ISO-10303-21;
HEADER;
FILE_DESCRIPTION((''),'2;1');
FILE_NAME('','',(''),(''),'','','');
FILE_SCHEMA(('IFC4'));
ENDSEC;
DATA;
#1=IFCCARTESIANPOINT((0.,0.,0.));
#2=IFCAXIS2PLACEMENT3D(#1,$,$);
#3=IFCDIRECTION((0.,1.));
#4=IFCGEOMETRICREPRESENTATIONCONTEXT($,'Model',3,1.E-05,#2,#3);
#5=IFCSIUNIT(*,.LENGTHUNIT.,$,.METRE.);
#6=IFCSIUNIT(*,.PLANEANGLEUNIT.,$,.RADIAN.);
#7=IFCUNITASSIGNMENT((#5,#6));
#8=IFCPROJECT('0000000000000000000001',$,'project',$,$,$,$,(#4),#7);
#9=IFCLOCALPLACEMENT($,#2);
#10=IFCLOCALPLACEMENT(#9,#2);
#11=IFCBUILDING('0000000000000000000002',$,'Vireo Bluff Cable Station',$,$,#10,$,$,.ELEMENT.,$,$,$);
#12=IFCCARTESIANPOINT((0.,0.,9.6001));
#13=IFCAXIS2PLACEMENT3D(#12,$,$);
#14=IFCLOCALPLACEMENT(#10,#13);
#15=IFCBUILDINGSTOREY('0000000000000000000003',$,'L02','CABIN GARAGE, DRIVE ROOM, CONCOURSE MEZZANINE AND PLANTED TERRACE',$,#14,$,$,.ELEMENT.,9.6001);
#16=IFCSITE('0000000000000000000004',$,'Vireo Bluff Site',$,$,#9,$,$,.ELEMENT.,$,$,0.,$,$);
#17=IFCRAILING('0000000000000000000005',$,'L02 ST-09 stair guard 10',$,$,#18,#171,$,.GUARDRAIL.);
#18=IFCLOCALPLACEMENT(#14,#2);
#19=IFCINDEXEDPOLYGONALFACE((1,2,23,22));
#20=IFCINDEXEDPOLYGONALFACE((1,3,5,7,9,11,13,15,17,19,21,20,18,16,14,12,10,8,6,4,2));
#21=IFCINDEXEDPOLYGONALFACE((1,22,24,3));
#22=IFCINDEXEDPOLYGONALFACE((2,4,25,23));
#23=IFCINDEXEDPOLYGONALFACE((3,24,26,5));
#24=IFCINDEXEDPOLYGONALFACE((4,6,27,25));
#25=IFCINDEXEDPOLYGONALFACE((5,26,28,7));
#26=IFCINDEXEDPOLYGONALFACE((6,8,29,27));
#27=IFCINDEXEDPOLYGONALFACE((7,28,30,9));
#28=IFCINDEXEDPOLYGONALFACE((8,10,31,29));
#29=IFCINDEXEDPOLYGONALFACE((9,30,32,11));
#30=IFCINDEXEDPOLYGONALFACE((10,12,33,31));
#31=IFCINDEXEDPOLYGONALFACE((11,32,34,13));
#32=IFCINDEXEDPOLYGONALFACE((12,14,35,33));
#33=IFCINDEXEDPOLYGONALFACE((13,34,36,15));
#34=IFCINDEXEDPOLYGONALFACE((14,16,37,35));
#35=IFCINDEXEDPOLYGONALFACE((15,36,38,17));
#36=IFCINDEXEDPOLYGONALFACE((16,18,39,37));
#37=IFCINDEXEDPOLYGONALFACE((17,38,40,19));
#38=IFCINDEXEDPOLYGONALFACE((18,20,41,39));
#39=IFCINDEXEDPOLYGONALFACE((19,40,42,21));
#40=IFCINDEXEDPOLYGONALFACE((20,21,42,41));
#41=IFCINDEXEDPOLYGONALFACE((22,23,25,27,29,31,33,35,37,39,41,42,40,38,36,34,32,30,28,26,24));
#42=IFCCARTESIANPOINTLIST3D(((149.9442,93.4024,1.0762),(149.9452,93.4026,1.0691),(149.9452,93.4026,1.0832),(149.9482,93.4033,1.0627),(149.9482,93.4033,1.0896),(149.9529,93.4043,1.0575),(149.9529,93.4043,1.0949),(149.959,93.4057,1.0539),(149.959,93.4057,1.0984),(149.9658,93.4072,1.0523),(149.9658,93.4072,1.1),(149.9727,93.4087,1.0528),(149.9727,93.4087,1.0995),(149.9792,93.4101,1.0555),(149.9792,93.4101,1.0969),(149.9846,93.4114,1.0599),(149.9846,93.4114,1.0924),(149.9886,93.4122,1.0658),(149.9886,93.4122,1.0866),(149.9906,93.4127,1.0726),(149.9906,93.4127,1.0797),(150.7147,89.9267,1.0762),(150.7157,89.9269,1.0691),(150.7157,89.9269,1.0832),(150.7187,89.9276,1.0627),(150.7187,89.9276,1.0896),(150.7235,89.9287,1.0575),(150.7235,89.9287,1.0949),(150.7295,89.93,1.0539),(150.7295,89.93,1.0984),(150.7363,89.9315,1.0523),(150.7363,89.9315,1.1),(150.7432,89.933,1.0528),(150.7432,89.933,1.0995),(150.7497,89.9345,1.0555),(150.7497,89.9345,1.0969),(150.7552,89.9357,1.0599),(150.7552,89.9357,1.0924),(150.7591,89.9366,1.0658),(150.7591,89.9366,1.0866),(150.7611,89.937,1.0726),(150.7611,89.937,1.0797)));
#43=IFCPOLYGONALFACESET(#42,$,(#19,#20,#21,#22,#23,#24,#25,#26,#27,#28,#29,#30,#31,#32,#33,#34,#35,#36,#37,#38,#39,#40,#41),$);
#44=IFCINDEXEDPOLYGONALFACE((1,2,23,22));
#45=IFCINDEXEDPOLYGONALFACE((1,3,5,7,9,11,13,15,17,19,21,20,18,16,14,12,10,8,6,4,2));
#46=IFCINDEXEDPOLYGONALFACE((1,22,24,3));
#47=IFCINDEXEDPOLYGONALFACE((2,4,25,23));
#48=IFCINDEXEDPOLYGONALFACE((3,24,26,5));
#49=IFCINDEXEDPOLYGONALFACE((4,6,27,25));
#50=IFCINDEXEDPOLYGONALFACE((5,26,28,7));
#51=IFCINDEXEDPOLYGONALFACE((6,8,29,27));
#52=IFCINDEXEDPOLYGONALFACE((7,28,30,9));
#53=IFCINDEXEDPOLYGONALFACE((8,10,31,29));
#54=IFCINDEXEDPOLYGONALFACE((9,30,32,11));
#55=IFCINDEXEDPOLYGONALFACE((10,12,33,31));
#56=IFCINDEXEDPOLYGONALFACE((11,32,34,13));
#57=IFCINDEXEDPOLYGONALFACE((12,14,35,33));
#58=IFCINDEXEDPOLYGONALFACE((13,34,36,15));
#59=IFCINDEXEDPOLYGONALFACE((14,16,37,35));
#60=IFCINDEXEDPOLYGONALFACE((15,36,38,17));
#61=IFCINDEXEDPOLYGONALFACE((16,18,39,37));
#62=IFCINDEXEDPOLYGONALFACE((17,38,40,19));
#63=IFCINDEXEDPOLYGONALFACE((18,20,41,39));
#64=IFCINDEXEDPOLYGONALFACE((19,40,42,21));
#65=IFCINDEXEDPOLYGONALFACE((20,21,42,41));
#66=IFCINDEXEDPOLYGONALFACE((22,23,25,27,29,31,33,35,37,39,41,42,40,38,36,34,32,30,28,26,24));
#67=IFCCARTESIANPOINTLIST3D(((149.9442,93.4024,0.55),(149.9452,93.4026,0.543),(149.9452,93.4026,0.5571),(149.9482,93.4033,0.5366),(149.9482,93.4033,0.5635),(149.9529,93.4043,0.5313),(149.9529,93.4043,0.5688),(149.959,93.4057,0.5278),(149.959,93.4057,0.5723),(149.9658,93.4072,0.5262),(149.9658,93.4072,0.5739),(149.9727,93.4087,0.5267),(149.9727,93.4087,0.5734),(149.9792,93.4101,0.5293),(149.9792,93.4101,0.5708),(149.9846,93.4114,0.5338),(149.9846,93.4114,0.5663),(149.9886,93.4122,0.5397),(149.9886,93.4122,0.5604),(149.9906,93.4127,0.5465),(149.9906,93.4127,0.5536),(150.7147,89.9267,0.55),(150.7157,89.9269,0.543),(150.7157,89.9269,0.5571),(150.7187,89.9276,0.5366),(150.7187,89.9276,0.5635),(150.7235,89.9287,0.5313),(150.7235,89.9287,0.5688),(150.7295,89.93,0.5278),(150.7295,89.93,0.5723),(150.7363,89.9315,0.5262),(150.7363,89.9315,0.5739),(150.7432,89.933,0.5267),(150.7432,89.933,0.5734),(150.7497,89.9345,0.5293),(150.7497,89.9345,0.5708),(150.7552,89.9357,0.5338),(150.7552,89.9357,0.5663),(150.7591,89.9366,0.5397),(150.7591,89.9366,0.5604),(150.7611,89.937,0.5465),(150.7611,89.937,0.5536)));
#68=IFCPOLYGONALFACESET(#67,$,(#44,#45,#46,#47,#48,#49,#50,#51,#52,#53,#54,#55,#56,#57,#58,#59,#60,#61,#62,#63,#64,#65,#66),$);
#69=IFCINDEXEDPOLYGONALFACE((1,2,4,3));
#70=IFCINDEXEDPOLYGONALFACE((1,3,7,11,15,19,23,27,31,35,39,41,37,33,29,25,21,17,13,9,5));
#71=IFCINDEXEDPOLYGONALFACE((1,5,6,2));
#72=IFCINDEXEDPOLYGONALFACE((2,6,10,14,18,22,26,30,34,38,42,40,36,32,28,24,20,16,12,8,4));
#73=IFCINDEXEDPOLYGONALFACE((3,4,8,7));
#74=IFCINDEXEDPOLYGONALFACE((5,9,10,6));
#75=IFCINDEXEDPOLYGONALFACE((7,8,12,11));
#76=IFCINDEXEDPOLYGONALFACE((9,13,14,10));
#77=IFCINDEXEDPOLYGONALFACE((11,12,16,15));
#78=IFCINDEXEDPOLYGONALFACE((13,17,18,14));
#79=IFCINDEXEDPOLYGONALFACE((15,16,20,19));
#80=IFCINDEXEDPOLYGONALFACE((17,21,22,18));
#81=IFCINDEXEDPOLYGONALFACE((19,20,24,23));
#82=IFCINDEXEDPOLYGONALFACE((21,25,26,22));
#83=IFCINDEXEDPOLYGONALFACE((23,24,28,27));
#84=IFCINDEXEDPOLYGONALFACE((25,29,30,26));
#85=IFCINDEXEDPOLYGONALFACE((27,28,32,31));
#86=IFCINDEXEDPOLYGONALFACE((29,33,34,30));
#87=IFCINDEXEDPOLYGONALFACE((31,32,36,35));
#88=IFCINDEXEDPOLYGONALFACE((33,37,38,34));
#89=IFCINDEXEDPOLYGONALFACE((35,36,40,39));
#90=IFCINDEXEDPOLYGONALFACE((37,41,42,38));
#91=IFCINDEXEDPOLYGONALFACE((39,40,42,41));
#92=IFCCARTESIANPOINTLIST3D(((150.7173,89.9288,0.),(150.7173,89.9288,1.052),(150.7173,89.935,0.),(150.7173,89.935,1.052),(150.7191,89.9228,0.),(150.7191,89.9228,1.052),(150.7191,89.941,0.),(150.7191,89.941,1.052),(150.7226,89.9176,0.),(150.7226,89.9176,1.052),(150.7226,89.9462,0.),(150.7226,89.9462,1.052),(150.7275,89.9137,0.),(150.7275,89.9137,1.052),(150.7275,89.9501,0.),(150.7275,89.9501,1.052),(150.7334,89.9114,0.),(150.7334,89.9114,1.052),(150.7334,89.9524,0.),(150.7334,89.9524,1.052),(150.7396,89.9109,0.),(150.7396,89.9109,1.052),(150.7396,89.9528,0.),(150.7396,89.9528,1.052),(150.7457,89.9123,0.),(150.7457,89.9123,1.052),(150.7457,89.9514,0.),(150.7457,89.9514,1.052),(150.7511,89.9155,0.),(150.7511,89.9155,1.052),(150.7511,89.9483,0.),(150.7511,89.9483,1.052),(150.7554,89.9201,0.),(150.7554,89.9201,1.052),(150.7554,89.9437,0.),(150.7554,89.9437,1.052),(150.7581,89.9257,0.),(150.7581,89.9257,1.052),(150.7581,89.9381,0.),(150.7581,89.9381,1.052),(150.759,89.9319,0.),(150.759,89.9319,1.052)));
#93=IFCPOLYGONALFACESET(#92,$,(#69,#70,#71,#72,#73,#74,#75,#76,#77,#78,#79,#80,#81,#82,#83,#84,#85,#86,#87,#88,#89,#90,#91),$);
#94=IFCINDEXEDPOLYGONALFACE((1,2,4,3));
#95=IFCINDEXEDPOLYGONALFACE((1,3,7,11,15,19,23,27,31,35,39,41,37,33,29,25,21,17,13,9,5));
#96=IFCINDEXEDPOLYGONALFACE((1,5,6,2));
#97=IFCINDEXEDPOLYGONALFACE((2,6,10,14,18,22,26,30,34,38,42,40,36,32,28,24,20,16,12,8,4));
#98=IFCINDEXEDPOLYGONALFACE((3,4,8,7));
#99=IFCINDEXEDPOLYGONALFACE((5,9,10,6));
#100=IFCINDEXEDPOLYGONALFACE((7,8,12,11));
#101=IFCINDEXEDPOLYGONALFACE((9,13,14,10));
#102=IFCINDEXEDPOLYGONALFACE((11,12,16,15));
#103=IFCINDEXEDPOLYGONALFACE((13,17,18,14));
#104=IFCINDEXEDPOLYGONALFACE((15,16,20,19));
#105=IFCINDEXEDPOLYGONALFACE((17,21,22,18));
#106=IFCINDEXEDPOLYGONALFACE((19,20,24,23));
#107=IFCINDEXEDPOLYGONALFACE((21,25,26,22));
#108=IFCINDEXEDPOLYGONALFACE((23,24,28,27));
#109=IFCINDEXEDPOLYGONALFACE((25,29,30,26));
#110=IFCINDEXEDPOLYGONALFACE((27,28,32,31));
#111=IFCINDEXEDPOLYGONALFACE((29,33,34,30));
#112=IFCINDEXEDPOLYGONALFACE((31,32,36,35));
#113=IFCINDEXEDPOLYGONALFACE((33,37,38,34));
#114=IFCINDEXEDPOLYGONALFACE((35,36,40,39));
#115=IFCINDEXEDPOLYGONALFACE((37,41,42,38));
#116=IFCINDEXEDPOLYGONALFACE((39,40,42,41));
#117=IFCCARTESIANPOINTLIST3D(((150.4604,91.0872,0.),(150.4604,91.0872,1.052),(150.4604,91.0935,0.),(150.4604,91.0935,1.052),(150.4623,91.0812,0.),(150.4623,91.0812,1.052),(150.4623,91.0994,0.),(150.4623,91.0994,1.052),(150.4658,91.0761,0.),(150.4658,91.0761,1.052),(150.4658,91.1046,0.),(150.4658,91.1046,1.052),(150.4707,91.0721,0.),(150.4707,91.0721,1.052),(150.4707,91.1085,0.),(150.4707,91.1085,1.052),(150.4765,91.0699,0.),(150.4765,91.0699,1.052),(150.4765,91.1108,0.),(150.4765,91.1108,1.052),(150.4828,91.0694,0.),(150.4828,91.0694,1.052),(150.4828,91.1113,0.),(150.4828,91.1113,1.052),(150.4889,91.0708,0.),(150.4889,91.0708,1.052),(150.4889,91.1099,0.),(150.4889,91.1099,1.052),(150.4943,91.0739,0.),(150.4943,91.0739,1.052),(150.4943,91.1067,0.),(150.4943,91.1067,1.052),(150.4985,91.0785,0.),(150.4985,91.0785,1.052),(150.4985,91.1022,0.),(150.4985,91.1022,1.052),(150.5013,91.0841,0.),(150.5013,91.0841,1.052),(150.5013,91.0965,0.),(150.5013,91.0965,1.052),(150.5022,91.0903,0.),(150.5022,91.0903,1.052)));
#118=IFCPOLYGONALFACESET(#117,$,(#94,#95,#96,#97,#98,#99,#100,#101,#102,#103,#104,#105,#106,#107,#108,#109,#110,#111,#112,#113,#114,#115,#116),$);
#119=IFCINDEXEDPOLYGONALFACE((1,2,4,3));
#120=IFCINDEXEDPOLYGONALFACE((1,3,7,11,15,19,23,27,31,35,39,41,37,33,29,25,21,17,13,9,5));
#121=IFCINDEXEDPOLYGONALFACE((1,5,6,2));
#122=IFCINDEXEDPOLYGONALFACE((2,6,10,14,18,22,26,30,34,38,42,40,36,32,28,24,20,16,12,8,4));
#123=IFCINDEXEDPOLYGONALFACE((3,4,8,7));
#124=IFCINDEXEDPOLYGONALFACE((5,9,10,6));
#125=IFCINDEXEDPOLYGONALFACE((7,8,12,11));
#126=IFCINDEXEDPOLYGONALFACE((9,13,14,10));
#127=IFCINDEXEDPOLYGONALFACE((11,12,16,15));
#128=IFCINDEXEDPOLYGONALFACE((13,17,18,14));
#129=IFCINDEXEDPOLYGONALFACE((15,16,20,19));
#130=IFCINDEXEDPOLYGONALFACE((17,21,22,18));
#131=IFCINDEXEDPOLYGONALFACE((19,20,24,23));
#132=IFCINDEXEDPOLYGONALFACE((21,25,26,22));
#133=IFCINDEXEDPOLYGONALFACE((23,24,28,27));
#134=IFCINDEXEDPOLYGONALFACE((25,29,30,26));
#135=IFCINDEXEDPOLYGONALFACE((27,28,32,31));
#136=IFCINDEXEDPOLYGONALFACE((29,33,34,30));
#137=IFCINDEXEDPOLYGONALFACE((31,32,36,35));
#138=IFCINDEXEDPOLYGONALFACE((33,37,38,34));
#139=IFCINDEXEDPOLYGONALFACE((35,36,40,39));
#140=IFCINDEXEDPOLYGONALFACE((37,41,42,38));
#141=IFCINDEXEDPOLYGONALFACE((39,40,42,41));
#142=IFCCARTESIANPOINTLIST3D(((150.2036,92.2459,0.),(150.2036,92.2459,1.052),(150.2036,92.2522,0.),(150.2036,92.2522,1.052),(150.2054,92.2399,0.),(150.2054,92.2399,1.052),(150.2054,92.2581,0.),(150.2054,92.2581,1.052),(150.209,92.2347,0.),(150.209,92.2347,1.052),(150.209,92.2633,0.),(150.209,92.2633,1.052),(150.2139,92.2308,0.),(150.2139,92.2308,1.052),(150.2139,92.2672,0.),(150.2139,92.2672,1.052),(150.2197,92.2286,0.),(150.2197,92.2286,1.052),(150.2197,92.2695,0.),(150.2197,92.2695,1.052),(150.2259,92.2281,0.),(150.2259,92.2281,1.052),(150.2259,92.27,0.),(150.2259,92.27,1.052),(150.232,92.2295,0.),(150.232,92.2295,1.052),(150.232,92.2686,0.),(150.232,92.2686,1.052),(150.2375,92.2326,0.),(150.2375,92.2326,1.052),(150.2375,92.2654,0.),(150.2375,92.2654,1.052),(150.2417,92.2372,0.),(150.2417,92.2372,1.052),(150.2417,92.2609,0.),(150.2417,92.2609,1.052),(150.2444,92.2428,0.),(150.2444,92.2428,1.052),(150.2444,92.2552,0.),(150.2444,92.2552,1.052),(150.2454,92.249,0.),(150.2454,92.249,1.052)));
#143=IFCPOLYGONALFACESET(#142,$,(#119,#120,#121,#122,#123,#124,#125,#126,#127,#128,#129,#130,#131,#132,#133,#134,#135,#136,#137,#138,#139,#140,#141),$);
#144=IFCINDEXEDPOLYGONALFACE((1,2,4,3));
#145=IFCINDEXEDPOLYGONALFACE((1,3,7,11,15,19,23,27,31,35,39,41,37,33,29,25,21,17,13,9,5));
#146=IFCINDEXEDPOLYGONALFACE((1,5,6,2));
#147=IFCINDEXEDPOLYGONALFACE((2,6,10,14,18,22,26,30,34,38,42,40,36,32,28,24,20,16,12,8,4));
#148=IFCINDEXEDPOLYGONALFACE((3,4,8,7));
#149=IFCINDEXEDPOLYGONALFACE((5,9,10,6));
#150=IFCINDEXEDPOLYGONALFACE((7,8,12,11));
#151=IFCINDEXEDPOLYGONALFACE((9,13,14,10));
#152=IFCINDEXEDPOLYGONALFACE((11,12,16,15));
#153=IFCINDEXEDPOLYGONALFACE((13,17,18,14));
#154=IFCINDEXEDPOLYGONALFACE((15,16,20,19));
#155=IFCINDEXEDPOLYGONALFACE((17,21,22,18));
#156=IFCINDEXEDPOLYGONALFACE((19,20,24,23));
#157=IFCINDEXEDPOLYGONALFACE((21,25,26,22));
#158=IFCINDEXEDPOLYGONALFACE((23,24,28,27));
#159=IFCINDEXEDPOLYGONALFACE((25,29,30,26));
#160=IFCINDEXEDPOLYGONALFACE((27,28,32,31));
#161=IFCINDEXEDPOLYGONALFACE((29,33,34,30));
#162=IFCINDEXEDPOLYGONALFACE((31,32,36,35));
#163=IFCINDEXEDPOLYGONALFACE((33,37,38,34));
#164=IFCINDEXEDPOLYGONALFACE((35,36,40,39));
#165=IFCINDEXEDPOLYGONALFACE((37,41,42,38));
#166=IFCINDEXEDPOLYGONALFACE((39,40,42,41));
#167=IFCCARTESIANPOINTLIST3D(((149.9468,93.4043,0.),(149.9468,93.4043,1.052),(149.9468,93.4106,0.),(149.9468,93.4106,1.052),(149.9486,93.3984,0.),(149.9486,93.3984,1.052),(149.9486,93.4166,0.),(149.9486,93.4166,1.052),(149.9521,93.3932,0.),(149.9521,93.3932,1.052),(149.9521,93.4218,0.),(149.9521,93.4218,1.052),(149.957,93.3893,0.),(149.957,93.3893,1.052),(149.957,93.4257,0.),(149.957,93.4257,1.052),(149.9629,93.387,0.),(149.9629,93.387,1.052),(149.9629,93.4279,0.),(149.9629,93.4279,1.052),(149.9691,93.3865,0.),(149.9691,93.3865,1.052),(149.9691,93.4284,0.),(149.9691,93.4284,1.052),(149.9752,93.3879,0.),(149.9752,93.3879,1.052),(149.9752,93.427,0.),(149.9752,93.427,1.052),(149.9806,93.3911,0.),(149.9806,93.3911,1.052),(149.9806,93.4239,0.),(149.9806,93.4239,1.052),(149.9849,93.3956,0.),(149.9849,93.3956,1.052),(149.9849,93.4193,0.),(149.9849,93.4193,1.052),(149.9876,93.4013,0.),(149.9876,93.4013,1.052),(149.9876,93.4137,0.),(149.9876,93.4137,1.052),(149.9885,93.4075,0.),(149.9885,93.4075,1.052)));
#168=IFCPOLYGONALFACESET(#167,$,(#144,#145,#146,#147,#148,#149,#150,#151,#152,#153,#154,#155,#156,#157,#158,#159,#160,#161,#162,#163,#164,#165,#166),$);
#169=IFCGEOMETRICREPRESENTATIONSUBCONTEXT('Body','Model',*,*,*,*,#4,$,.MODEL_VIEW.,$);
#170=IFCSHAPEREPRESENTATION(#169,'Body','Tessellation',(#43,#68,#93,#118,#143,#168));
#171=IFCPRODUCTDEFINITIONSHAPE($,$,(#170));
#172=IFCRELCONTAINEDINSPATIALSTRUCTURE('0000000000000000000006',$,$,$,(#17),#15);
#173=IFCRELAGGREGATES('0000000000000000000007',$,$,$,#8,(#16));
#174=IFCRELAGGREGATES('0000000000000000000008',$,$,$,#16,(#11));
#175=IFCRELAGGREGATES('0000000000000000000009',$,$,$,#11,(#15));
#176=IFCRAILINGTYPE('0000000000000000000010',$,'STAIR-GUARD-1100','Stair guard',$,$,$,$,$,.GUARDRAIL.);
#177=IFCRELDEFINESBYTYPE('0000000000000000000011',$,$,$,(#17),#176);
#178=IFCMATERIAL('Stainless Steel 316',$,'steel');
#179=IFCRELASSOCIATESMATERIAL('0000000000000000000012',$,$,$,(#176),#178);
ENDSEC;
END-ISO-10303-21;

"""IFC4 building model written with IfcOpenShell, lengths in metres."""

from ifc_helpers import new_model, si_unit, direction, frame, origin, origin_2d, place, context, subcontext, project, spatial, circle, extrude, material, type_object, element, save


model = new_model("IFC4")

# Units and contexts
model_context = context("Model", 3, precision=1e-05, world=origin(), true_north=direction((0.0, 1.0)))
body_context = subcontext(model_context, "Body", "Model", "MODEL_VIEW")
ifc_project = project(units=[si_unit("LENGTHUNIT", "METRE"), si_unit("PLANEANGLEUNIT", "RADIAN")], contexts=[model_context])

# Site, building, storey
site_placement = place(None, origin())
site = spatial("IfcSite", under=ifc_project, at=site_placement, Name="Vireo Bluff Site", CompositionType="ELEMENT", RefElevation=0.0)
building_placement = place(site_placement, origin())
building = spatial("IfcBuilding", under=site, at=building_placement, Name="Vireo Bluff Cable Station", CompositionType="ELEMENT")
storey_placement = place(building_placement, frame((0.0, 0.0, 9.6001)))
storey = spatial("IfcBuildingStorey", under=building, at=storey_placement, Name="L02", Description="CABIN GARAGE, DRIVE ROOM, CONCOURSE MEZZANINE AND PLANTED TERRACE", CompositionType="ELEMENT", Elevation=9.6001)

# Shared definitions
ifc_material_1 = material(Name="Stainless Steel 316", Category="steel")

# Railing
railing_type = type_object("IfcRailingType", Name="STAIR-GUARD-1100", Description="Stair guard", PredefinedType="GUARDRAIL", material=ifc_material_1)
railing_1_placement = place(storey_placement, frame((150.738, 89.9319, 0.0)))
element("IfcRailing", 1, at=railing_1_placement, inside=storey, type_object=railing_type, Name="L02 ST-09 stair guard 10", PredefinedType="GUARDRAIL", context=body_context, shape_type="SweptSolid", body=[
    extrude(circle(Radius=0.0239, at=origin_2d()), frame((0.0, 0.0, 1.0762), z_axis=(-0.216437, 0.976297, 0.0), x_axis=(-0.976297, -0.216437, 0.0)), (0.0, 0.0, 1.0), 3.5601),
    extrude(circle(Radius=0.0239, at=origin_2d()), frame((0.0, 0.0, 0.55), z_axis=(-0.216437, 0.976297, 0.0), x_axis=(-0.976297, -0.216437, 0.0)), (0.0, 0.0, 1.0), 3.5601),
    extrude(circle(Radius=0.021, at=origin_2d()), origin(), (0.0, 0.0, 1.0), 1.052),
    extrude(circle(Radius=0.021, at=origin_2d()), frame((-0.2568, 1.1584, 0.0)), (0.0, 0.0, 1.0), 1.052),
    extrude(circle(Radius=0.021, at=origin_2d()), frame((-0.5137, 2.3171, 0.0)), (0.0, 0.0, 1.0), 1.052),
    extrude(circle(Radius=0.021, at=origin_2d()), frame((-0.7705, 3.4756, 0.0)), (0.0, 0.0, 1.0), 1.052),
])

save(model, "model.ifc")
